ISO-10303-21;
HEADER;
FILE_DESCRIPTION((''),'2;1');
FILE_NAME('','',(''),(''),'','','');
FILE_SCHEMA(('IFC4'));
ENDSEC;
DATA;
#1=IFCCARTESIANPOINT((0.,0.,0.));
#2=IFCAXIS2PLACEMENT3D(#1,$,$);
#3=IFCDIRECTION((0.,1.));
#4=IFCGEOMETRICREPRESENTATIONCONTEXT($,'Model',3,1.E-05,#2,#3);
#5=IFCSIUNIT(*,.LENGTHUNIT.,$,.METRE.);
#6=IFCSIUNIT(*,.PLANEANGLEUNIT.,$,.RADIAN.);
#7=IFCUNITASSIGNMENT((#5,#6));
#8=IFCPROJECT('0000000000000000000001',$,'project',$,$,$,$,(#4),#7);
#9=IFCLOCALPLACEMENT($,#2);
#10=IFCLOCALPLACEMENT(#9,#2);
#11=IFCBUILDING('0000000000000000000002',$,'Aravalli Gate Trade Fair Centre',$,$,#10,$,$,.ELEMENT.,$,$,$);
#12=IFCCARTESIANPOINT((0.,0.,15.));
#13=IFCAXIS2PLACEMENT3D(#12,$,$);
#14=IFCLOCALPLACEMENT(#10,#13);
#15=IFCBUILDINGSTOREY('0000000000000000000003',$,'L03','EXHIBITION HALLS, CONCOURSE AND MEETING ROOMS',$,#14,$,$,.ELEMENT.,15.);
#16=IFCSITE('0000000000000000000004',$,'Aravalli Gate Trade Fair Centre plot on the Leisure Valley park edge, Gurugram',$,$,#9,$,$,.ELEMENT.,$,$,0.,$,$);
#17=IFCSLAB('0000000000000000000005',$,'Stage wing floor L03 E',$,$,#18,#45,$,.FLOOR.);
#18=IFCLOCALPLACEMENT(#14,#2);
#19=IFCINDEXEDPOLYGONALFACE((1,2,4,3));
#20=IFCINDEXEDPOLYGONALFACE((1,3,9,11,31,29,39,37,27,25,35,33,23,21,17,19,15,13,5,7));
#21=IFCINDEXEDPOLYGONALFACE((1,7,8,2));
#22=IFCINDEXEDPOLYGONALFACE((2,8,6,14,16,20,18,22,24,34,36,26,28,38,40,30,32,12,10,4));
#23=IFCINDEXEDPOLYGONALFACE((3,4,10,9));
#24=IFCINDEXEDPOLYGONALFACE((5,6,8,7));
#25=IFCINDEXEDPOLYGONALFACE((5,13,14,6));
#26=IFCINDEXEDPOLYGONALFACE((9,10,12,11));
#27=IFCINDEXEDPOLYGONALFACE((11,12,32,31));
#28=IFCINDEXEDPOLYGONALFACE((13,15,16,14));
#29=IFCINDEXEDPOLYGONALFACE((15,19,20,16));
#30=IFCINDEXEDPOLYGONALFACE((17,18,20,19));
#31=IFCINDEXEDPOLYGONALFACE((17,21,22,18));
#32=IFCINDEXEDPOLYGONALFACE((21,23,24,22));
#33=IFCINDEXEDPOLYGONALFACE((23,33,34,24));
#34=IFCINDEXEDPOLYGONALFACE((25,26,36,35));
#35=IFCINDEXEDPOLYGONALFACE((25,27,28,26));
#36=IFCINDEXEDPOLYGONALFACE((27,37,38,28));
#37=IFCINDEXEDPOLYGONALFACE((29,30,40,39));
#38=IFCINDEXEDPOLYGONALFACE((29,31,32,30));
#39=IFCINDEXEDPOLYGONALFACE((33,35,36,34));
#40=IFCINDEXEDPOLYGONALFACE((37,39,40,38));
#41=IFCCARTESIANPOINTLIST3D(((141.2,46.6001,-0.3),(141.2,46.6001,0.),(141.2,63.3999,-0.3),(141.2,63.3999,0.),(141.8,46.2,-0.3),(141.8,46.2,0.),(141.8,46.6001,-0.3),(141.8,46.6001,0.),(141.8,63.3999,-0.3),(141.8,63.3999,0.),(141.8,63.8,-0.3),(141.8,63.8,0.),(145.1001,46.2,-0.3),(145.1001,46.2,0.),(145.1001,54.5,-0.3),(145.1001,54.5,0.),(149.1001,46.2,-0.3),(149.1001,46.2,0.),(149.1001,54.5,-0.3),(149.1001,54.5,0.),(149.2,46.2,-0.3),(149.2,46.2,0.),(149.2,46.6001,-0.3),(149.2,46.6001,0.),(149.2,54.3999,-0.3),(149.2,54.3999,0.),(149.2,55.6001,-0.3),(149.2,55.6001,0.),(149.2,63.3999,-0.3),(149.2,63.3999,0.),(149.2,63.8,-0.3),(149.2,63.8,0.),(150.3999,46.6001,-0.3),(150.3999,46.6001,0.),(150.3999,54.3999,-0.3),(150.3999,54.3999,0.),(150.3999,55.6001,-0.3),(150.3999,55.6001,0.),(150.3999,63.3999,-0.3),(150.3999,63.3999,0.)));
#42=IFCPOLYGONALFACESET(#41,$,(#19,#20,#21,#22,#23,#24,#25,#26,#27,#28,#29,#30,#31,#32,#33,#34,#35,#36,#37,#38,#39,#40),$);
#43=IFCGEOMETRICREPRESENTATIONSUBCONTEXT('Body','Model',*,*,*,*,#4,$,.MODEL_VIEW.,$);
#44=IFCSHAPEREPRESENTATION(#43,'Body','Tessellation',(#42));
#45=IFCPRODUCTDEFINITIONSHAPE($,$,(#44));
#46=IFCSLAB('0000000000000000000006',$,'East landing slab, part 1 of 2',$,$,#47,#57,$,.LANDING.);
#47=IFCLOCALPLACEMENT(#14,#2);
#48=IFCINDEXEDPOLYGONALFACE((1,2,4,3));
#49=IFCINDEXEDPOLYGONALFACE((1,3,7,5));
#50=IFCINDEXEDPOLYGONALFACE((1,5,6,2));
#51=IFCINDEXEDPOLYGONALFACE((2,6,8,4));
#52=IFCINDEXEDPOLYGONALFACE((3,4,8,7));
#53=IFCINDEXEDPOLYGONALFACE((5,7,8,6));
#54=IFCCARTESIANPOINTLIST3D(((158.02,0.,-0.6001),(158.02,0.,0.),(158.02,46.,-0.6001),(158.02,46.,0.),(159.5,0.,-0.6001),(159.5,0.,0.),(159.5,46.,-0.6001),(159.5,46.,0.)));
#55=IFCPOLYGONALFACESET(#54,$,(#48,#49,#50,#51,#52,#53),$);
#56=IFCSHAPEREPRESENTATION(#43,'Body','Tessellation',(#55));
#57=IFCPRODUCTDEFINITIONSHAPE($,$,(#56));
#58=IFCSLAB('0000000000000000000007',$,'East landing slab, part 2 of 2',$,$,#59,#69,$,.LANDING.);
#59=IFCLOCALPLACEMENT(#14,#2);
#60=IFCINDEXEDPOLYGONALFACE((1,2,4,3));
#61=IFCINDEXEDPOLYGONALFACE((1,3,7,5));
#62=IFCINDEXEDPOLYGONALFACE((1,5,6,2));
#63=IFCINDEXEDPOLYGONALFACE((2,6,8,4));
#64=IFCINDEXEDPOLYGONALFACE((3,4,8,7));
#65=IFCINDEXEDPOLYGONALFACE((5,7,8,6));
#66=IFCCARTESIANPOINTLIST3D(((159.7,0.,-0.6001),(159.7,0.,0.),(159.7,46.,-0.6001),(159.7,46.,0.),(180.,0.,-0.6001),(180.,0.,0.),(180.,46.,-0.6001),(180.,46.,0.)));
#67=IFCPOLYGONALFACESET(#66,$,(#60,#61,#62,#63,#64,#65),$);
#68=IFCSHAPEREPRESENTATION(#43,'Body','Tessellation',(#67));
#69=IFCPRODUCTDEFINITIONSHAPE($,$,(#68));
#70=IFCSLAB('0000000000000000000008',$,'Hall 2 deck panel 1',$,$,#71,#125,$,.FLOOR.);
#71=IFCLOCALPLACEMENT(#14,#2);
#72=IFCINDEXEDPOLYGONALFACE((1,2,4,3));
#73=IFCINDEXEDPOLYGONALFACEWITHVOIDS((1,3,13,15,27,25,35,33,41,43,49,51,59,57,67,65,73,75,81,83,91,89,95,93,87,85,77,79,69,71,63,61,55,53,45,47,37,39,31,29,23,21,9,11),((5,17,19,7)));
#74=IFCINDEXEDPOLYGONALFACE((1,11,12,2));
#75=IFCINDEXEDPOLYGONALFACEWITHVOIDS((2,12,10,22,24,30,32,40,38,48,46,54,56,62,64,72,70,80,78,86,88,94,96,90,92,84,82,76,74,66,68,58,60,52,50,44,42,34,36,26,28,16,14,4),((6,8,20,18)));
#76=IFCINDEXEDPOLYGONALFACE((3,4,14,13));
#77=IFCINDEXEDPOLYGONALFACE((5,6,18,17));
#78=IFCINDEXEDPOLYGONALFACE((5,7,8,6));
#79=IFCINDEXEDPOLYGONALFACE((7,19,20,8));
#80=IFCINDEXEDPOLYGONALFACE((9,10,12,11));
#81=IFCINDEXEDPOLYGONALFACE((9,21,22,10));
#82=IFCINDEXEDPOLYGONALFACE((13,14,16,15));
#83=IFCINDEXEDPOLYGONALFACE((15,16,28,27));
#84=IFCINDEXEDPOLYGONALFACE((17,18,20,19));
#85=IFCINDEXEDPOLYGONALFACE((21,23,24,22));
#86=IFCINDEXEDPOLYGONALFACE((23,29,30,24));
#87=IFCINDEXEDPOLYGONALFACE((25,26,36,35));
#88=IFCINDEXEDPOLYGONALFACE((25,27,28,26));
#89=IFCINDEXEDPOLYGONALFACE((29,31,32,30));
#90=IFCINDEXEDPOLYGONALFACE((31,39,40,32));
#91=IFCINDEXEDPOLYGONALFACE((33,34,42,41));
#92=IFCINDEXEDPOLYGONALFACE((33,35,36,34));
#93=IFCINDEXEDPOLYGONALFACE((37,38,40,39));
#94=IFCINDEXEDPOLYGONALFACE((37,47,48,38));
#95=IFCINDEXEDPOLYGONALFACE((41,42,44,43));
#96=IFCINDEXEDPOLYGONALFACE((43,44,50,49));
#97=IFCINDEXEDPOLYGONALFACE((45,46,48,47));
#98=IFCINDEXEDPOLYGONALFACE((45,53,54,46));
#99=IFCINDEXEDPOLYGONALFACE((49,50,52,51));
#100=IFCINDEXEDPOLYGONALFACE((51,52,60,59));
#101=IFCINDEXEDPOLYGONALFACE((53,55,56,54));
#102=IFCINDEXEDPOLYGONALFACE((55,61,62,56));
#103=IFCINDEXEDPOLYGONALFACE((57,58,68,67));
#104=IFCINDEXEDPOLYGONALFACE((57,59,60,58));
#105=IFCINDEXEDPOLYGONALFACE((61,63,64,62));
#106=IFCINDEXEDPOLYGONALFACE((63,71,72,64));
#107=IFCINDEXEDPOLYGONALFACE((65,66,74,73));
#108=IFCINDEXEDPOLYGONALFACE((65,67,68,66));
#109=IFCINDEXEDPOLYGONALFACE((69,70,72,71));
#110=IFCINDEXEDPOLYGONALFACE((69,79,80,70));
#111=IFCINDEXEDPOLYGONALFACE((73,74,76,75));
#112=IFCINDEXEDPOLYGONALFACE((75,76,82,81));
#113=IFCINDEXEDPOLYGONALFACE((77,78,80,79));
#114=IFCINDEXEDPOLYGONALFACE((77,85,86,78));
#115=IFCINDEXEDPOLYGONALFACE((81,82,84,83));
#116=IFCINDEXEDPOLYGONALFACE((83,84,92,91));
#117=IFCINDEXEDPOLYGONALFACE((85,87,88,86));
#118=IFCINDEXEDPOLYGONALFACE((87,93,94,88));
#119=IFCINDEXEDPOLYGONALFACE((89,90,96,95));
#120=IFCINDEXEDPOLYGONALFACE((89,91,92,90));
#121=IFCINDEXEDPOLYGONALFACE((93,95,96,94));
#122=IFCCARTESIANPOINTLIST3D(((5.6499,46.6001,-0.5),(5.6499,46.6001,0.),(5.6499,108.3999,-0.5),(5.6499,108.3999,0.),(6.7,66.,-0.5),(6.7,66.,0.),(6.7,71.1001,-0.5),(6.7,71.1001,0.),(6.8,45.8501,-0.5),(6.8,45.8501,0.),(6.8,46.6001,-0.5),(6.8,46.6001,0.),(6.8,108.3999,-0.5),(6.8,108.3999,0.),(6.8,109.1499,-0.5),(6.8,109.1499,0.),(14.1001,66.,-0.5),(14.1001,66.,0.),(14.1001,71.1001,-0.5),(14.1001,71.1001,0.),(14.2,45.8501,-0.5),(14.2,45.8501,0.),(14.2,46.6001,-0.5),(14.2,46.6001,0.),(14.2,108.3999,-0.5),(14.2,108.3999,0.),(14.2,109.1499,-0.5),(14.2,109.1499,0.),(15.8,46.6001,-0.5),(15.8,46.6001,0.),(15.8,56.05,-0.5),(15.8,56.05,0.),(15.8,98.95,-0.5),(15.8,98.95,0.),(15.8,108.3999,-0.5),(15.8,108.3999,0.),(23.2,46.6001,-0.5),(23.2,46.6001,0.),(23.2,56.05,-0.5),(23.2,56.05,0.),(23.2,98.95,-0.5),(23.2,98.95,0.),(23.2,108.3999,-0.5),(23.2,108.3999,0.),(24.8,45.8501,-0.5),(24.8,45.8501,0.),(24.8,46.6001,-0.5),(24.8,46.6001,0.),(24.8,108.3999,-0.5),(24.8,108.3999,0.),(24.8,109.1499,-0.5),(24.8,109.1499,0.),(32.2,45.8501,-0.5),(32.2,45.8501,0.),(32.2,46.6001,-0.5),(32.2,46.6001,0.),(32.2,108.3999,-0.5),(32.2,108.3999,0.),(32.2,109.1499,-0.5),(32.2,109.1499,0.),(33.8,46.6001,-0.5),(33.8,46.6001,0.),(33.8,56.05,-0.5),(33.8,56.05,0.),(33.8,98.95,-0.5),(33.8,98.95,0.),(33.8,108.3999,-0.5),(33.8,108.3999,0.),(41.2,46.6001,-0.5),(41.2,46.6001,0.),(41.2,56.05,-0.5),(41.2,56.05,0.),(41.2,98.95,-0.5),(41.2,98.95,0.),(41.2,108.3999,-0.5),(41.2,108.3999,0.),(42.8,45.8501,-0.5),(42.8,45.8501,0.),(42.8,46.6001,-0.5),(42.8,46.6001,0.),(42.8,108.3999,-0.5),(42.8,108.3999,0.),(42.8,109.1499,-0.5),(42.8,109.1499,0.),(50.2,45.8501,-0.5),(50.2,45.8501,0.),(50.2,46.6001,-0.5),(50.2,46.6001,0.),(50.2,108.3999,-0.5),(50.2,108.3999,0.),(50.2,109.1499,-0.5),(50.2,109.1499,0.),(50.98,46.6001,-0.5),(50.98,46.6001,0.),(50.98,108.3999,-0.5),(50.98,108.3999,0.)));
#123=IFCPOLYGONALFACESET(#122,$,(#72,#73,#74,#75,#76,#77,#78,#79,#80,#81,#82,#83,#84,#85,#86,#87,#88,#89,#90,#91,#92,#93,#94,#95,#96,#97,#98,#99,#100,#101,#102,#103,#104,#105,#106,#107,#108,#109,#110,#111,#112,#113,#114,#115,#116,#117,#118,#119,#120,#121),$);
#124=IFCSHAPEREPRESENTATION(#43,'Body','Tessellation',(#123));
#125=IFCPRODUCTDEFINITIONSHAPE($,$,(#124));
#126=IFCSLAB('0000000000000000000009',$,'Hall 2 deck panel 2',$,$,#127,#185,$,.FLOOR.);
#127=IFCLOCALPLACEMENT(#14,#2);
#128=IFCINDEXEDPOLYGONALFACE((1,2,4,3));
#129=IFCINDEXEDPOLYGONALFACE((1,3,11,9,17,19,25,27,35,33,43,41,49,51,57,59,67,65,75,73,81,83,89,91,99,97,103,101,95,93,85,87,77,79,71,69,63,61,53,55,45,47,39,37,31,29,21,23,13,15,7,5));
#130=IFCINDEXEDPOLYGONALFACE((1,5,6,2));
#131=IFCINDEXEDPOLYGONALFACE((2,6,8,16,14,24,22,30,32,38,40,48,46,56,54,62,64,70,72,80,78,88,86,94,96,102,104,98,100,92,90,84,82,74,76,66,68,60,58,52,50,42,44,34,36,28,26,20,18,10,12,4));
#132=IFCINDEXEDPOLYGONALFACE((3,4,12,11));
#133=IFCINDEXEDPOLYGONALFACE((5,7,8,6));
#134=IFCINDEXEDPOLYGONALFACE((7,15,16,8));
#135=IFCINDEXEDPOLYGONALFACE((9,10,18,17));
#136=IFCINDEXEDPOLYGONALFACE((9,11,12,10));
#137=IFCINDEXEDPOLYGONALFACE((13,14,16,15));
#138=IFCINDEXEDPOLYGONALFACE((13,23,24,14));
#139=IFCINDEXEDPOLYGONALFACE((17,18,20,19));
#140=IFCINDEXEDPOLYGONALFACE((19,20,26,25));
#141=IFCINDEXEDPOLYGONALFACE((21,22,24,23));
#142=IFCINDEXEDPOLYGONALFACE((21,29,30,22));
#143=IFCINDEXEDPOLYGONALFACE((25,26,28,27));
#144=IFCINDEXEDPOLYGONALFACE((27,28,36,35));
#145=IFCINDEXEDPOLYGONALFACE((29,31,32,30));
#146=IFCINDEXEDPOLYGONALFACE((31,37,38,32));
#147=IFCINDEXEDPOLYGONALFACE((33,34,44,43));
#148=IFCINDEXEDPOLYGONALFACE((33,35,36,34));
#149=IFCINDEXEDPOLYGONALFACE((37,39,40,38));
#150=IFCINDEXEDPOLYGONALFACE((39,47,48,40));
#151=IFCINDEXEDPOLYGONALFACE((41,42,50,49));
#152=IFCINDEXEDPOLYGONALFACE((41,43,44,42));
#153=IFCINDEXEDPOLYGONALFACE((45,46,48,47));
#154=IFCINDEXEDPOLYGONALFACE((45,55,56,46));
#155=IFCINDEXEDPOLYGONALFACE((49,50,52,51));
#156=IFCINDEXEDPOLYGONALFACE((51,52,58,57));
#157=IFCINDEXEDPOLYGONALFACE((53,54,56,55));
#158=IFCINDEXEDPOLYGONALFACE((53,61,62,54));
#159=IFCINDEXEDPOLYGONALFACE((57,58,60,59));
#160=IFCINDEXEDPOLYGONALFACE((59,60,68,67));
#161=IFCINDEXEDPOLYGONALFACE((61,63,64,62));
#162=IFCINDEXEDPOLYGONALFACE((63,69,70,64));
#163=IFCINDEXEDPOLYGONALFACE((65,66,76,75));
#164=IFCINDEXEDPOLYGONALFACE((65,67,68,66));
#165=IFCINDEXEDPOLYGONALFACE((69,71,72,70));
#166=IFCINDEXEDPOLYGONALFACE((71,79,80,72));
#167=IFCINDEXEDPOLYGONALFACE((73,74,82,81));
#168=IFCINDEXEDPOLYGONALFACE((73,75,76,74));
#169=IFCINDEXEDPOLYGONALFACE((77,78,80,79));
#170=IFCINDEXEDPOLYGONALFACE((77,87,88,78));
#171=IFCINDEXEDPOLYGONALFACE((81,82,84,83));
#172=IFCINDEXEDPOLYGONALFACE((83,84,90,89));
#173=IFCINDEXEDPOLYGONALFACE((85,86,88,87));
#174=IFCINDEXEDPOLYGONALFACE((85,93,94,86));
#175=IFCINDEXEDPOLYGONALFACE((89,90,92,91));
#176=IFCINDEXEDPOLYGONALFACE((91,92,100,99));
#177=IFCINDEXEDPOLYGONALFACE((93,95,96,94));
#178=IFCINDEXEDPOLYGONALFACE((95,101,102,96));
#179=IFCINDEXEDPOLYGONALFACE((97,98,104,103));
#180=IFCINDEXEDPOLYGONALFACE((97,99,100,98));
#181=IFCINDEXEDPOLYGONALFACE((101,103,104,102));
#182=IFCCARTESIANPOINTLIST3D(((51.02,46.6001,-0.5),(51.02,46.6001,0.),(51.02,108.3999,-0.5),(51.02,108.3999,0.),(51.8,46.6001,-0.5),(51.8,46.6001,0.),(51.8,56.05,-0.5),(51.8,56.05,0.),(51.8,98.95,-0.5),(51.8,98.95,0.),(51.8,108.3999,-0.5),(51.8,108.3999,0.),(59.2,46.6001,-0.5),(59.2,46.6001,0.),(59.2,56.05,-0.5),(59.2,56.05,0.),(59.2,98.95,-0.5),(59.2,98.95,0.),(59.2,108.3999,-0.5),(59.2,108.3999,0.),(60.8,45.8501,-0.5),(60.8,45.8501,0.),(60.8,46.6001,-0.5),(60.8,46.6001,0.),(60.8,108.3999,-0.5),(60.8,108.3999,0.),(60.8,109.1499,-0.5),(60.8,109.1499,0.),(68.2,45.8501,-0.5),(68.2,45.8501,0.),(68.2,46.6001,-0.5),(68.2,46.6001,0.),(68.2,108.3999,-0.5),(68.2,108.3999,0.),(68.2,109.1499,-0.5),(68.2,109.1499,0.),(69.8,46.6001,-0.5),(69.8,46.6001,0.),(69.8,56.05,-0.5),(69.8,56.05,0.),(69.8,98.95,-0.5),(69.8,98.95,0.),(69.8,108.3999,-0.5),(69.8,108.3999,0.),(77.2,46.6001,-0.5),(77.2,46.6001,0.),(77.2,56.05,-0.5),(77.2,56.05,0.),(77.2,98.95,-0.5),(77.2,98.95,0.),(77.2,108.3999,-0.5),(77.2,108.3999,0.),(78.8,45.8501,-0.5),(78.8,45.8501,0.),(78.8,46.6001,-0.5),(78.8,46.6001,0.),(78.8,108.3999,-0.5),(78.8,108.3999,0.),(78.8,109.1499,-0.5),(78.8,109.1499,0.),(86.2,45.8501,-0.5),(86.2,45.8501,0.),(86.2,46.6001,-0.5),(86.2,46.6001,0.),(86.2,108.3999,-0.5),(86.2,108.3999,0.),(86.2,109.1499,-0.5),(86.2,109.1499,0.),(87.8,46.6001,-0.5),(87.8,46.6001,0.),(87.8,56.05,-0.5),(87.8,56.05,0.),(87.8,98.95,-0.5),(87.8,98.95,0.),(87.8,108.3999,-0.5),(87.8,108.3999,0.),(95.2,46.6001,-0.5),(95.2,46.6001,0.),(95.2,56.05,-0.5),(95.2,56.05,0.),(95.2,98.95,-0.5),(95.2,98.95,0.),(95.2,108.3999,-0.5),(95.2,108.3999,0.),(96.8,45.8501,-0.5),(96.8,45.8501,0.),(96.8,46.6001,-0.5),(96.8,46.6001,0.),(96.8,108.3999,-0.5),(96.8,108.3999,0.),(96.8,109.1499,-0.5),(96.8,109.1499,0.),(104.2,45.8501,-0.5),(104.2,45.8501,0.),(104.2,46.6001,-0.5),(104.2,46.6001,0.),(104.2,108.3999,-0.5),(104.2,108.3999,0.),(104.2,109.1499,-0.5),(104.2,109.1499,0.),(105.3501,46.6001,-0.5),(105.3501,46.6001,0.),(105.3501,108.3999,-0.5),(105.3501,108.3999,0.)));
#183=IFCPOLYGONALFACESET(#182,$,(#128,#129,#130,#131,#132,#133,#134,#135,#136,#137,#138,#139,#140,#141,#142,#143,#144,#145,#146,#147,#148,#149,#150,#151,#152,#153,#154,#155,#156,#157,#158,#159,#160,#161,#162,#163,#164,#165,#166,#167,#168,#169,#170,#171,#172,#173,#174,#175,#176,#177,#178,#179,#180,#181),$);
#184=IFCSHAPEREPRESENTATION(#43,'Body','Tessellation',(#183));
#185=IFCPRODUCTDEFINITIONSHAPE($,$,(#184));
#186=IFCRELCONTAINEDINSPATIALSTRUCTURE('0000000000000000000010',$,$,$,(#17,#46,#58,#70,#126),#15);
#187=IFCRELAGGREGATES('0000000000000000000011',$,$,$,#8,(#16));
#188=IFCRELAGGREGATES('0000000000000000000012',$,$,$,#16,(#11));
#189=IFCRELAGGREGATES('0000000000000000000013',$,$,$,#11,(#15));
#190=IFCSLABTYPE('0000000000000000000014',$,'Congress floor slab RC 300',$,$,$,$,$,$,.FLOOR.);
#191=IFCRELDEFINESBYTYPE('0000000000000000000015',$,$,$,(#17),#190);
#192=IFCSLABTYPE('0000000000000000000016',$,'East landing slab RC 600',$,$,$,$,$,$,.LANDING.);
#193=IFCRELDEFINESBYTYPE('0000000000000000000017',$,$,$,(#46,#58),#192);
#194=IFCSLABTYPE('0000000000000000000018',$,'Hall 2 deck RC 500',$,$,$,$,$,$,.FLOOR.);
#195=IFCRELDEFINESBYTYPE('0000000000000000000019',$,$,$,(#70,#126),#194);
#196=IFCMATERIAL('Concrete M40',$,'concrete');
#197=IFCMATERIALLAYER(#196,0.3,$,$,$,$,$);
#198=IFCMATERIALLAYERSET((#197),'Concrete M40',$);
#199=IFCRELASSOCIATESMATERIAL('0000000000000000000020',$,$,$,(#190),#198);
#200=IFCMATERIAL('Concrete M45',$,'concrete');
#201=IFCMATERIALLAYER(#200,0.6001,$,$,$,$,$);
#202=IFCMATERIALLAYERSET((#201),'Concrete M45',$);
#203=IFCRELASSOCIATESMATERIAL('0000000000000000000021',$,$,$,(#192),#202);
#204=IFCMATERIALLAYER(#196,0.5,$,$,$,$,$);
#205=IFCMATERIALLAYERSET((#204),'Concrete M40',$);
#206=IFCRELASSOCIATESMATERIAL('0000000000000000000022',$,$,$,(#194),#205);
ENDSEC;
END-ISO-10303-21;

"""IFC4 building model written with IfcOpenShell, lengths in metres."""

from ifc_helpers import new_model, si_unit, direction, frame, origin, place, context, subcontext, project, spatial, polyline, outline, extrude, material, layer, layer_set, type_object, element, save


model = new_model("IFC4")

# Units and contexts
model_context = context("Model", 3, precision=1e-05, world=origin(), true_north=direction((0.0, 1.0)))
body_context = subcontext(model_context, "Body", "Model", "MODEL_VIEW")
ifc_project = project(units=[si_unit("LENGTHUNIT", "METRE"), si_unit("PLANEANGLEUNIT", "RADIAN")], contexts=[model_context])

# Site, building, storey
site_placement = place(None, origin())
site = spatial("IfcSite", under=ifc_project, at=site_placement, Name="Aravalli Gate Trade Fair Centre plot on the Leisure Valley park edge, Gurugram", CompositionType="ELEMENT", RefElevation=0.0)
building_placement = place(site_placement, origin())
building = spatial("IfcBuilding", under=site, at=building_placement, Name="Aravalli Gate Trade Fair Centre", CompositionType="ELEMENT")
storey_placement = place(building_placement, frame((0.0, 0.0, 15.0)))
storey = spatial("IfcBuildingStorey", under=building, at=storey_placement, Name="L03", Description="EXHIBITION HALLS, CONCOURSE AND MEETING ROOMS", CompositionType="ELEMENT", Elevation=15.0)

# Slabs
ifc_material_1 = material(Name="Concrete M40", Category="concrete")
ifc_layer_1 = layer(ifc_material_1, 0.3)
ifc_layer_set_1 = layer_set([ifc_layer_1], Name="Concrete M40")
slab_type_1 = type_object("IfcSlabType", Name="Congress floor slab RC 300", PredefinedType="FLOOR", material=ifc_layer_set_1)
slab_1_placement = place(storey_placement, frame((0.0, 0.0, -0.3)))
element("IfcSlab", 1, at=slab_1_placement, inside=storey, type_object=slab_type_1, Name="Stage wing floor L03 E", PredefinedType="FLOOR", context=body_context, shape_type="SweptSolid", body=[
    extrude(outline(polyline([(149.2, 46.6001), (149.2, 46.2), (149.1001, 46.2), (149.1001, 54.5), (145.1001, 54.5), (145.1001, 46.2), (141.8, 46.2), (141.8, 46.6001), (141.2, 46.6001), (141.2, 63.3999), (141.8, 63.3999), (141.8, 63.8), (149.2, 63.8), (149.2, 63.3999), (150.3999, 63.3999), (150.3999, 55.6001), (149.2, 55.6001), (149.2, 54.3999), (150.3999, 54.3999), (150.3999, 46.6001), (149.2, 46.6001)])), origin(), (0.0, 0.0, 1.0), 0.3),
])
ifc_material_2 = material(Name="Concrete M45", Category="concrete")
ifc_layer_2 = layer(ifc_material_2, 0.6001)
ifc_layer_set_2 = layer_set([ifc_layer_2], Name="Concrete M45")
slab_type_2 = type_object("IfcSlabType", Name="East landing slab RC 600", PredefinedType="LANDING", material=ifc_layer_set_2)
slab_2_placement = place(storey_placement, frame((0.0, 0.0, -0.6001)))
element("IfcSlab", 2, at=slab_2_placement, inside=storey, type_object=slab_type_2, Name="East landing slab, part 1 of 2", PredefinedType="LANDING", context=body_context, shape_type="SweptSolid", body=[
    extrude(outline(polyline([(158.02, 0.0), (159.5, 0.0), (159.5, 46.0), (158.02, 46.0), (158.02, 0.0)])), origin(), (0.0, 0.0, 1.0), 0.6001),
])
slab_3_placement = place(storey_placement, frame((0.0, 0.0, -0.6001)))
element("IfcSlab", 3, at=slab_3_placement, inside=storey, type_object=slab_type_2, Name="East landing slab, part 2 of 2", PredefinedType="LANDING", context=body_context, shape_type="SweptSolid", body=[
    extrude(outline(polyline([(180.0, 46.0), (159.7, 46.0), (159.7, 0.0), (180.0, 0.0), (180.0, 46.0)])), origin(), (0.0, 0.0, 1.0), 0.6001),
])
ifc_layer_3 = layer(ifc_material_1, 0.5)
ifc_layer_set_3 = layer_set([ifc_layer_3], Name="Concrete M40")
slab_type_3 = type_object("IfcSlabType", Name="Hall 2 deck RC 500", PredefinedType="FLOOR", material=ifc_layer_set_3)
slab_4_placement = place(storey_placement, frame((0.0, 0.0, -0.5)))
element("IfcSlab", 4, at=slab_4_placement, inside=storey, type_object=slab_type_3, Name="Hall 2 deck panel 1", PredefinedType="FLOOR", context=body_context, shape_type="SweptSolid", body=[
    extrude(outline(polyline([(50.2, 46.6001), (50.2, 45.8501), (42.8, 45.8501), (42.8, 46.6001), (41.2, 46.6001), (41.2, 56.05), (33.8, 56.05), (33.8, 46.6001), (32.2, 46.6001), (32.2, 45.8501), (24.8, 45.8501), (24.8, 46.6001), (23.2, 46.6001), (23.2, 56.05), (15.8, 56.05), (15.8, 46.6001), (14.2, 46.6001), (14.2, 45.8501), (6.8, 45.8501), (6.8, 46.6001), (5.6499, 46.6001), (5.6499, 108.3999), (6.8, 108.3999), (6.8, 109.1499), (14.2, 109.1499), (14.2, 108.3999), (15.8, 108.3999), (15.8, 98.95), (23.2, 98.95), (23.2, 108.3999), (24.8, 108.3999), (24.8, 109.1499), (32.2, 109.1499), (32.2, 108.3999), (33.8, 108.3999), (33.8, 98.95), (41.2, 98.95), (41.2, 108.3999), (42.8, 108.3999), (42.8, 109.1499), (50.2, 109.1499), (50.2, 108.3999), (50.98, 108.3999), (50.98, 46.6001), (50.2, 46.6001)]), holes=[polyline([(14.1001, 71.1001), (6.7, 71.1001), (6.7, 66.0), (14.1001, 66.0), (14.1001, 71.1001)])]), origin(), (0.0, 0.0, 1.0), 0.5),
])
slab_5_placement = place(storey_placement, frame((0.0, 0.0, -0.5)))
element("IfcSlab", 5, at=slab_5_placement, inside=storey, type_object=slab_type_3, Name="Hall 2 deck panel 2", PredefinedType="FLOOR", context=body_context, shape_type="SweptSolid", body=[
    extrude(outline(polyline([(104.2, 46.6001), (104.2, 45.8501), (96.8, 45.8501), (96.8, 46.6001), (95.2, 46.6001), (95.2, 56.05), (87.8, 56.05), (87.8, 46.6001), (86.2, 46.6001), (86.2, 45.8501), (78.8, 45.8501), (78.8, 46.6001), (77.2, 46.6001), (77.2, 56.05), (69.8, 56.05), (69.8, 46.6001), (68.2, 46.6001), (68.2, 45.8501), (60.8, 45.8501), (60.8, 46.6001), (59.2, 46.6001), (59.2, 56.05), (51.8, 56.05), (51.8, 46.6001), (51.02, 46.6001), (51.02, 108.3999), (51.8, 108.3999), (51.8, 98.95), (59.2, 98.95), (59.2, 108.3999), (60.8, 108.3999), (60.8, 109.1499), (68.2, 109.1499), (68.2, 108.3999), (69.8, 108.3999), (69.8, 98.95), (77.2, 98.95), (77.2, 108.3999), (78.8, 108.3999), (78.8, 109.1499), (86.2, 109.1499), (86.2, 108.3999), (87.8, 108.3999), (87.8, 98.95), (95.2, 98.95), (95.2, 108.3999), (96.8, 108.3999), (96.8, 109.1499), (104.2, 109.1499), (104.2, 108.3999), (105.3501, 108.3999), (105.3501, 46.6001), (104.2, 46.6001)])), origin(), (0.0, 0.0, 1.0), 0.5),
])

save(model, "model.ifc")
